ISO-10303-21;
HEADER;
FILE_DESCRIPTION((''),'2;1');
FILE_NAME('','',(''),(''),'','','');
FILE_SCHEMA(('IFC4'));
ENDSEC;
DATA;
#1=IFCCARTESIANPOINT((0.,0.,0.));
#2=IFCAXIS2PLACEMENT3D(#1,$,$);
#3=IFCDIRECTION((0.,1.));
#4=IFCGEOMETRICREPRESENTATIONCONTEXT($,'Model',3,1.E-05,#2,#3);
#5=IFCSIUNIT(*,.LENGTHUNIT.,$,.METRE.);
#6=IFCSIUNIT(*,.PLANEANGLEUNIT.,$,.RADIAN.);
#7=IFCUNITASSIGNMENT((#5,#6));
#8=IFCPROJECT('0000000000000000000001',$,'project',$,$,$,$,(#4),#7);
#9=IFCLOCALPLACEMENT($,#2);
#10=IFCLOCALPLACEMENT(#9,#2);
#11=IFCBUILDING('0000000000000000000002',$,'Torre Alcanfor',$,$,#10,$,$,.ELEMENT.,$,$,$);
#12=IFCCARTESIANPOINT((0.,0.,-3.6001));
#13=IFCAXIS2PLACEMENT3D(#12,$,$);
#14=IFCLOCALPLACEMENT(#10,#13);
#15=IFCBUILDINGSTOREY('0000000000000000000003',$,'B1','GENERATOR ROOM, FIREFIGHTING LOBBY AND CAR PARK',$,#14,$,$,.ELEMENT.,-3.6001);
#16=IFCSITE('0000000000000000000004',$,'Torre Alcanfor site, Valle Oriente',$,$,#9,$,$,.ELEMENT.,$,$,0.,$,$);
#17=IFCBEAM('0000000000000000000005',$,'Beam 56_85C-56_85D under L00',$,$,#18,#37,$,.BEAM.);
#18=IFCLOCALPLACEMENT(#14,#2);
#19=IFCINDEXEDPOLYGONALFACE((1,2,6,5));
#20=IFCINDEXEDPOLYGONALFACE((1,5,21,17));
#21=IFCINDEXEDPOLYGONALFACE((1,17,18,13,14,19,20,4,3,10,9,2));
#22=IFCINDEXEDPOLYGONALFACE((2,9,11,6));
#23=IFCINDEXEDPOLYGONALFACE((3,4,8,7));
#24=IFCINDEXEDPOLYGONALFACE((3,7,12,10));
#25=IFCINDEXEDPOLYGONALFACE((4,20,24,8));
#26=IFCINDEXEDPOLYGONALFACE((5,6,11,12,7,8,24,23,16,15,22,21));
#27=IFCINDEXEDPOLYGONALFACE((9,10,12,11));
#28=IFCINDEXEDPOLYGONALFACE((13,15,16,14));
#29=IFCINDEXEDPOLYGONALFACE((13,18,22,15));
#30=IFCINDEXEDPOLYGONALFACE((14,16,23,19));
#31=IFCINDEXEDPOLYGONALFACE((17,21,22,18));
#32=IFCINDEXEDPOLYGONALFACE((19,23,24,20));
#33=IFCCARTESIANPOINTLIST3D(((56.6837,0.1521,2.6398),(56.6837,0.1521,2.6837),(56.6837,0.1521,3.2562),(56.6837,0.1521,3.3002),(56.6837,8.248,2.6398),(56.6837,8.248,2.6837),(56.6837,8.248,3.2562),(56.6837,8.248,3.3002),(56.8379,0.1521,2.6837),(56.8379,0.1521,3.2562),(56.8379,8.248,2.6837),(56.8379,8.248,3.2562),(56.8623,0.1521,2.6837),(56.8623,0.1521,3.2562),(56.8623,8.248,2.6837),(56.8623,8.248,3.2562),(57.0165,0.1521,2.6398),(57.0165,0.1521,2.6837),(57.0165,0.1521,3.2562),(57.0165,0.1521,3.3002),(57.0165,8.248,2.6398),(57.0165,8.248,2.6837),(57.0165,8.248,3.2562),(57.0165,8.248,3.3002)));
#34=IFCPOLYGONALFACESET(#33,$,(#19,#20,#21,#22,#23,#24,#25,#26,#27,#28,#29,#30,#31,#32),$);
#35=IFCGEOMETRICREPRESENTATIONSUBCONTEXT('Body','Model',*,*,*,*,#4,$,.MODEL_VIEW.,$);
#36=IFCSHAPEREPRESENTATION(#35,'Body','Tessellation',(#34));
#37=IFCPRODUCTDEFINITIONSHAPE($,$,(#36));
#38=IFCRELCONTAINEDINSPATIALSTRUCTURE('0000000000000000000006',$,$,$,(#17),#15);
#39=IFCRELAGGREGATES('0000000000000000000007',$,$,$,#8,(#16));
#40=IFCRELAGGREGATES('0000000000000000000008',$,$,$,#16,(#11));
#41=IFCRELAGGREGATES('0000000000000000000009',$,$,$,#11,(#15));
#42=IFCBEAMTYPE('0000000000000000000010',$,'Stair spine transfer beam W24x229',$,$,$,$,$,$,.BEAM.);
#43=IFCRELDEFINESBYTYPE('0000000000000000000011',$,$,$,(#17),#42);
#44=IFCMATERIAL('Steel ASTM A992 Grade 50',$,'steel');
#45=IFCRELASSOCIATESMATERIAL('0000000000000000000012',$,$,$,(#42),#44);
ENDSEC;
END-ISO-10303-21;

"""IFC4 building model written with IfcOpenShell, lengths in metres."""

from ifc_helpers import new_model, si_unit, direction, frame, origin, origin_2d, place, context, subcontext, project, spatial, i_section, extrude, material, material_profile, profile_set, type_object, element, save


model = new_model("IFC4")

# Units and contexts
model_context = context("Model", 3, precision=1e-05, world=origin(), true_north=direction((0.0, 1.0)))
body_context = subcontext(model_context, "Body", "Model", "MODEL_VIEW")
ifc_project = project(units=[si_unit("LENGTHUNIT", "METRE"), si_unit("PLANEANGLEUNIT", "RADIAN")], contexts=[model_context])

# Site, building, storey
site_placement = place(None, origin())
site = spatial("IfcSite", under=ifc_project, at=site_placement, Name="Torre Alcanfor site, Valle Oriente", CompositionType="ELEMENT", RefElevation=0.0)
building_placement = place(site_placement, origin())
building = spatial("IfcBuilding", under=site, at=building_placement, Name="Torre Alcanfor", CompositionType="ELEMENT")
storey_placement = place(building_placement, frame((0.0, 0.0, -3.6001)))
storey = spatial("IfcBuildingStorey", under=building, at=storey_placement, Name="B1", Description="GENERATOR ROOM, FIREFIGHTING LOBBY AND CAR PARK", CompositionType="ELEMENT", Elevation=-3.6001)

# Beam
ifc_material_1 = material(Name="Steel ASTM A992 Grade 50", Category="steel")
ifc_material_profile_1 = material_profile(ifc_material_1, i_section(OverallWidth=0.3328, OverallDepth=0.6604, WebThickness=0.0244, FlangeThickness=0.0439, at=origin_2d()), Name="W24x229")
ifc_profile_set_1 = profile_set([ifc_material_profile_1], Name="Steel ASTM A992 Grade 50")
beam_type_1 = type_object("IfcBeamType", Name="Stair spine transfer beam W24x229", PredefinedType="BEAM", material=ifc_profile_set_1)
beam_1_placement = place(storey_placement, frame((56.8501, 0.1521, 2.97), z_axis=(0.0, 1.0, 0.0), x_axis=(-1.0, 0.0, 0.0)))
element("IfcBeam", 1, at=beam_1_placement, inside=storey, type_object=beam_type_1, Name="Beam 56_85C-56_85D under L00", PredefinedType="BEAM", context=body_context, shape_type="SweptSolid", body=[
    extrude(i_section(OverallWidth=0.3328, OverallDepth=0.6604, WebThickness=0.0244, FlangeThickness=0.0439, at=origin_2d()), origin(), (0.0, 0.0, 1.0), 8.0959),
])

save(model, "model.ifc")
